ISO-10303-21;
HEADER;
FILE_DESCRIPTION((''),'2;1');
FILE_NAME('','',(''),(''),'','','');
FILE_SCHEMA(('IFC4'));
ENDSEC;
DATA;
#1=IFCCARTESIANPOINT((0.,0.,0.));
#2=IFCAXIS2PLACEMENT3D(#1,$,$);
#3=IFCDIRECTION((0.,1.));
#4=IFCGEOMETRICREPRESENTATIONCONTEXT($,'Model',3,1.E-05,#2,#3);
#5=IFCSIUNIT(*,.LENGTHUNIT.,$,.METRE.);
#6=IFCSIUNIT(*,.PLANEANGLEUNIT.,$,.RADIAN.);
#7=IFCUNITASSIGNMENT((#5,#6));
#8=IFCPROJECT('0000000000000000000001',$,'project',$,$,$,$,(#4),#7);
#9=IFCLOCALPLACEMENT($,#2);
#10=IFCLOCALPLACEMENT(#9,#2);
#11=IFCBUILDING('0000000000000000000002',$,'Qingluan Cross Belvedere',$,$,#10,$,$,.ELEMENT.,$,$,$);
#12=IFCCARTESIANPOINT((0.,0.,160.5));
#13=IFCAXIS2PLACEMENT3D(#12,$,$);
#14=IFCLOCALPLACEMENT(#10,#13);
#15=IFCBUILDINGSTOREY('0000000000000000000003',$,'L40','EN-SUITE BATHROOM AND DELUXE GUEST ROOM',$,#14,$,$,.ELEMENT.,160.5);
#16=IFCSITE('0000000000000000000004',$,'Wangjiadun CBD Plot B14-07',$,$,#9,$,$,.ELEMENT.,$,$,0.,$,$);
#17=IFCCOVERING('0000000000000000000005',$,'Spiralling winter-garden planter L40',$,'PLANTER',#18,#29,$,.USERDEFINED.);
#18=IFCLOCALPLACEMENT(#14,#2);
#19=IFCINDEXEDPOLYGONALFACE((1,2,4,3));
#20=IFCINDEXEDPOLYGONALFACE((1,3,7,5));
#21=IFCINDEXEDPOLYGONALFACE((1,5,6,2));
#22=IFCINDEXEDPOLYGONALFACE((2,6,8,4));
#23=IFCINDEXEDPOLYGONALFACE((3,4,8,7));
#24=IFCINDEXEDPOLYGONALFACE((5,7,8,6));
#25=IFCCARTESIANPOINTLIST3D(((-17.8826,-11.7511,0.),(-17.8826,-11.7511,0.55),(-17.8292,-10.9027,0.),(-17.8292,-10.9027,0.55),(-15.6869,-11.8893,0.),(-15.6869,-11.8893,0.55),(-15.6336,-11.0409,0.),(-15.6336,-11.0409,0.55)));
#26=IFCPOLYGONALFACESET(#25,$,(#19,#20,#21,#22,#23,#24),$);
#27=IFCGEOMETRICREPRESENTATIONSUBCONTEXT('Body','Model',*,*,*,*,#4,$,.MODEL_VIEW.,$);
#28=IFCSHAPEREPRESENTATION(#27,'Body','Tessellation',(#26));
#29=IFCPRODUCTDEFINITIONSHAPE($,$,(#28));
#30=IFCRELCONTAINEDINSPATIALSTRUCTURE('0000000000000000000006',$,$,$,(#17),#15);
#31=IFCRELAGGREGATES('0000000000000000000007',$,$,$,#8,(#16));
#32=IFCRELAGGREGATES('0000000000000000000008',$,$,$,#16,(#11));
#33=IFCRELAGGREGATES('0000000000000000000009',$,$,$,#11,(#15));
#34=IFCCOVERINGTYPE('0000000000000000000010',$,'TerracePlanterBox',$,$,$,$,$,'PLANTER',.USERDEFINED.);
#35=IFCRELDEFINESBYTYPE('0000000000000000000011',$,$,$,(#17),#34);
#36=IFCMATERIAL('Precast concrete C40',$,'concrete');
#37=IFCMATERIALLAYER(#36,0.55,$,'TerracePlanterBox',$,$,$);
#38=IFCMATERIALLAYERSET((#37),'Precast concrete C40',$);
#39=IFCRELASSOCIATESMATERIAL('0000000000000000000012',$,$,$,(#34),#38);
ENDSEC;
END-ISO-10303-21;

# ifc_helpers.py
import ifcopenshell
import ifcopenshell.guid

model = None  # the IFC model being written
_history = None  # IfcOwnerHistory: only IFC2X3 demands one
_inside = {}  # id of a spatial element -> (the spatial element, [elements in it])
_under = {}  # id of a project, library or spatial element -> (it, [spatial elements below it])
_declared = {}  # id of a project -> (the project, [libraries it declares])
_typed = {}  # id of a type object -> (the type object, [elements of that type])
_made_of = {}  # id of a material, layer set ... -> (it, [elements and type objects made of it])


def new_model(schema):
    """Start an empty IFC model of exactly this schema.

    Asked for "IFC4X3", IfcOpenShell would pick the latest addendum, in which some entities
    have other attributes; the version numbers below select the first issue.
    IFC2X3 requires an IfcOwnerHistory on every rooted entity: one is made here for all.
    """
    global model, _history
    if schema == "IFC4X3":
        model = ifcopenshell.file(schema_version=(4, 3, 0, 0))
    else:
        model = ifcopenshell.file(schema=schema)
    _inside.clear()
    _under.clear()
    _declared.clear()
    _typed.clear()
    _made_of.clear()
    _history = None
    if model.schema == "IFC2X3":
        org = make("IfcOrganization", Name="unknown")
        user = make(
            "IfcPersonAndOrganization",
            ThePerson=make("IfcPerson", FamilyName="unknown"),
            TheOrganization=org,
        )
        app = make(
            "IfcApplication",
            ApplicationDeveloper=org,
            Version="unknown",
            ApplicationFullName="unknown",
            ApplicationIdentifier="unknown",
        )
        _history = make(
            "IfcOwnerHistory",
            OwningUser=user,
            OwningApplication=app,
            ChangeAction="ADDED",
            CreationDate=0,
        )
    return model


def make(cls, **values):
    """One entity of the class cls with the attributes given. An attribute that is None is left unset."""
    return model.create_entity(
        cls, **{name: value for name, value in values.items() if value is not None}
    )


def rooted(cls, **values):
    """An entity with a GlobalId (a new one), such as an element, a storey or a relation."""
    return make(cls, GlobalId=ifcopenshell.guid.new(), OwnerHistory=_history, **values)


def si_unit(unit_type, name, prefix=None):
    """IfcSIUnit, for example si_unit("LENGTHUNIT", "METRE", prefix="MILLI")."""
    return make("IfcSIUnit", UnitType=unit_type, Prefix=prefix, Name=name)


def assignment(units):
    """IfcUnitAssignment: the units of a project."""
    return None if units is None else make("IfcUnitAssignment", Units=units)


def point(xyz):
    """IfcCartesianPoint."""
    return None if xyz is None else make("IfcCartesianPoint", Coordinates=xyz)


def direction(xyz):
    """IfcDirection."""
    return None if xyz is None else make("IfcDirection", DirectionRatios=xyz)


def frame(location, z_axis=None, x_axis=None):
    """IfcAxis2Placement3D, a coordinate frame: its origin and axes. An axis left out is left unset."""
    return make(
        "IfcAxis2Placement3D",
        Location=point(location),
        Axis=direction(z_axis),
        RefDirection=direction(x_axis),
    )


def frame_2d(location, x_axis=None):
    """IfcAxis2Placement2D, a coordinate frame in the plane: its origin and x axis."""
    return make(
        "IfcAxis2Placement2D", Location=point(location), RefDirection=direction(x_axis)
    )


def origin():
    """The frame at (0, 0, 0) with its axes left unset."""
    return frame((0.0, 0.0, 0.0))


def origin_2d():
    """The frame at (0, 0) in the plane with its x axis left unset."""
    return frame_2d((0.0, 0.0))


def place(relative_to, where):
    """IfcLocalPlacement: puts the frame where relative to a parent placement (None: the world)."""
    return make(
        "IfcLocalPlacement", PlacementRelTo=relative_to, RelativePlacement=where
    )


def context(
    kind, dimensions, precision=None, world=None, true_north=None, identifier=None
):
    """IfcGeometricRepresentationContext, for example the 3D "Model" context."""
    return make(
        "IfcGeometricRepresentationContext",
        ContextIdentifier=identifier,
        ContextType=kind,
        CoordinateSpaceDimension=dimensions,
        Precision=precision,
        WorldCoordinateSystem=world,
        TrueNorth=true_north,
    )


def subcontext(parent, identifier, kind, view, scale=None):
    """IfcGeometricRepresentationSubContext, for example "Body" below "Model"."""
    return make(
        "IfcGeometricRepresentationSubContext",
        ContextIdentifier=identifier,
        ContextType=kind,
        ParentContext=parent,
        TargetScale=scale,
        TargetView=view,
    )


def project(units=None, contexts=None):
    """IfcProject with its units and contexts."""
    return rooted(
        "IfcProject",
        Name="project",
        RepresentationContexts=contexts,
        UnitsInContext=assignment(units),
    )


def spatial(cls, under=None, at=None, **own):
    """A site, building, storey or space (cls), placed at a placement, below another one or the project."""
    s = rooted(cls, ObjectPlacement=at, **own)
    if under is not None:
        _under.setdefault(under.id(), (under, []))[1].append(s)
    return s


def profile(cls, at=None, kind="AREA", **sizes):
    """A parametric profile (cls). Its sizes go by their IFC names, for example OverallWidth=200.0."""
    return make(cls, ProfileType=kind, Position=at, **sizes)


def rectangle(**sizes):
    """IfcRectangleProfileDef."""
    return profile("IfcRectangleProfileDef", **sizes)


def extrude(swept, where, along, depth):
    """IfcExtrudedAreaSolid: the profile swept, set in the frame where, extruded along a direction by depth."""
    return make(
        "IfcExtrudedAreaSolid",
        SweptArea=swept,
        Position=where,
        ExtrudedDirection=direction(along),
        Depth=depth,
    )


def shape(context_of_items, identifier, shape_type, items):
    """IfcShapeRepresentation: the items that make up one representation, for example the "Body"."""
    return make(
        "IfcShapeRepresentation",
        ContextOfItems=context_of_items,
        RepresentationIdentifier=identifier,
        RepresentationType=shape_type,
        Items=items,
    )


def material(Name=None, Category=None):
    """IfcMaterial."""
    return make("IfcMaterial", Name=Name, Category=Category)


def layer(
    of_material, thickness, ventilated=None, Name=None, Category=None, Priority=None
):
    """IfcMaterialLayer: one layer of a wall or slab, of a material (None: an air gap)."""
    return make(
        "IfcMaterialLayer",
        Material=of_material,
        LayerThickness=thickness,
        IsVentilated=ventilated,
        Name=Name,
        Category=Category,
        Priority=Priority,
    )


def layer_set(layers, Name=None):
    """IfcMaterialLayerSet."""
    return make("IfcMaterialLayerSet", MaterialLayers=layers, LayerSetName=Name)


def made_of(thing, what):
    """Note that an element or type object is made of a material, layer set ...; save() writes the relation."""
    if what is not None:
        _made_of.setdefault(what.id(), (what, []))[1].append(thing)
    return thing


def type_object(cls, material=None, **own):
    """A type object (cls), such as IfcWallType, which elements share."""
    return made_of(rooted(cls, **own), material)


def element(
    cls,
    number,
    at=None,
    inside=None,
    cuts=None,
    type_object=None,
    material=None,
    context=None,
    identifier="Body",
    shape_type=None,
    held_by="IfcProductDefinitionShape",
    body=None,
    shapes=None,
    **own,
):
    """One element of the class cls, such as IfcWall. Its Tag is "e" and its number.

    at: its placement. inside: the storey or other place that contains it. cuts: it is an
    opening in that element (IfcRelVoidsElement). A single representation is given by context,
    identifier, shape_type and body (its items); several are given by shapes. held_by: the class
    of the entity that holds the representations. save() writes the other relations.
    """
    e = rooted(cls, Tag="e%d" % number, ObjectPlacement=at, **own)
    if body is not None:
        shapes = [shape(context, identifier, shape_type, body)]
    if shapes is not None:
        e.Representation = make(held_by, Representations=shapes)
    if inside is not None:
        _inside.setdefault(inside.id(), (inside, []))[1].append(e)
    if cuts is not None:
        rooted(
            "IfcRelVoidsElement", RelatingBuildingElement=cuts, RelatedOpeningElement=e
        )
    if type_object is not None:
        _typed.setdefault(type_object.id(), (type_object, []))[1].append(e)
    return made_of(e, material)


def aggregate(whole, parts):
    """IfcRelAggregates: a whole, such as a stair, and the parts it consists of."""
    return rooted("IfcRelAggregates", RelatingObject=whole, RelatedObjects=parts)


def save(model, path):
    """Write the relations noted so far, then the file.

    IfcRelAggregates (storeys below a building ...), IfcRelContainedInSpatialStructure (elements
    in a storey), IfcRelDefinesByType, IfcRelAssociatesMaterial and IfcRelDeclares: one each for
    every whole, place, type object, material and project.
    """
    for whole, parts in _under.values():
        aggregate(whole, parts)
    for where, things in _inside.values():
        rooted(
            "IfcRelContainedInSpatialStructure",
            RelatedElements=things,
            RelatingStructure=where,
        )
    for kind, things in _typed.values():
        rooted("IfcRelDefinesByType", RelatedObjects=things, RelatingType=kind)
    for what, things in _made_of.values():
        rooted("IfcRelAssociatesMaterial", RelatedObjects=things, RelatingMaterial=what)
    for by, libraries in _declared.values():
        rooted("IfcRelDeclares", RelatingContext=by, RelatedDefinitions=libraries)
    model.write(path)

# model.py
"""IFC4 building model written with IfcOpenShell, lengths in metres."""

from ifc_helpers import new_model, si_unit, direction, frame, origin, origin_2d, place, context, subcontext, project, spatial, rectangle, extrude, material, layer, layer_set, type_object, element, save


model = new_model("IFC4")

# Units and contexts
model_context = context("Model", 3, precision=1e-05, world=origin(), true_north=direction((0.0, 1.0)))
body_context = subcontext(model_context, "Body", "Model", "MODEL_VIEW")
ifc_project = project(units=[si_unit("LENGTHUNIT", "METRE"), si_unit("PLANEANGLEUNIT", "RADIAN")], contexts=[model_context])

# Site, building, storey
site_placement = place(None, origin())
site = spatial("IfcSite", under=ifc_project, at=site_placement, Name="Wangjiadun CBD Plot B14-07", CompositionType="ELEMENT", RefElevation=0.0)
building_placement = place(site_placement, origin())
building = spatial("IfcBuilding", under=site, at=building_placement, Name="Qingluan Cross Belvedere", CompositionType="ELEMENT")
storey_placement = place(building_placement, frame((0.0, 0.0, 160.5)))
storey = spatial("IfcBuildingStorey", under=building, at=storey_placement, Name="L40", Description="EN-SUITE BATHROOM AND DELUXE GUEST ROOM", CompositionType="ELEMENT", Elevation=160.5)

# Covering
ifc_material_1 = material(Name="Precast concrete C40", Category="concrete")
ifc_layer_1 = layer(ifc_material_1, 0.55, Name="TerracePlanterBox")
ifc_layer_set_1 = layer_set([ifc_layer_1], Name="Precast concrete C40")
covering_type_1 = type_object("IfcCoveringType", Name="TerracePlanterBox", ElementType="PLANTER", PredefinedType="USERDEFINED", material=ifc_layer_set_1)
covering_placement = place(storey_placement, frame((-16.7581, -11.396, 0.0), z_axis=(0.0, 0.0, 1.0), x_axis=(0.998027, -0.062791, 0.0)))
element("IfcCovering", 1, at=covering_placement, inside=storey, type_object=covering_type_1, Name="Spiralling winter-garden planter L40", ObjectType="PLANTER", PredefinedType="USERDEFINED", context=body_context, shape_type="SweptSolid", body=[
    extrude(rectangle(XDim=2.2, YDim=0.8501, at=origin_2d()), origin(), (0.0, 0.0, 1.0), 0.55),
])

save(model, "model.ifc")
